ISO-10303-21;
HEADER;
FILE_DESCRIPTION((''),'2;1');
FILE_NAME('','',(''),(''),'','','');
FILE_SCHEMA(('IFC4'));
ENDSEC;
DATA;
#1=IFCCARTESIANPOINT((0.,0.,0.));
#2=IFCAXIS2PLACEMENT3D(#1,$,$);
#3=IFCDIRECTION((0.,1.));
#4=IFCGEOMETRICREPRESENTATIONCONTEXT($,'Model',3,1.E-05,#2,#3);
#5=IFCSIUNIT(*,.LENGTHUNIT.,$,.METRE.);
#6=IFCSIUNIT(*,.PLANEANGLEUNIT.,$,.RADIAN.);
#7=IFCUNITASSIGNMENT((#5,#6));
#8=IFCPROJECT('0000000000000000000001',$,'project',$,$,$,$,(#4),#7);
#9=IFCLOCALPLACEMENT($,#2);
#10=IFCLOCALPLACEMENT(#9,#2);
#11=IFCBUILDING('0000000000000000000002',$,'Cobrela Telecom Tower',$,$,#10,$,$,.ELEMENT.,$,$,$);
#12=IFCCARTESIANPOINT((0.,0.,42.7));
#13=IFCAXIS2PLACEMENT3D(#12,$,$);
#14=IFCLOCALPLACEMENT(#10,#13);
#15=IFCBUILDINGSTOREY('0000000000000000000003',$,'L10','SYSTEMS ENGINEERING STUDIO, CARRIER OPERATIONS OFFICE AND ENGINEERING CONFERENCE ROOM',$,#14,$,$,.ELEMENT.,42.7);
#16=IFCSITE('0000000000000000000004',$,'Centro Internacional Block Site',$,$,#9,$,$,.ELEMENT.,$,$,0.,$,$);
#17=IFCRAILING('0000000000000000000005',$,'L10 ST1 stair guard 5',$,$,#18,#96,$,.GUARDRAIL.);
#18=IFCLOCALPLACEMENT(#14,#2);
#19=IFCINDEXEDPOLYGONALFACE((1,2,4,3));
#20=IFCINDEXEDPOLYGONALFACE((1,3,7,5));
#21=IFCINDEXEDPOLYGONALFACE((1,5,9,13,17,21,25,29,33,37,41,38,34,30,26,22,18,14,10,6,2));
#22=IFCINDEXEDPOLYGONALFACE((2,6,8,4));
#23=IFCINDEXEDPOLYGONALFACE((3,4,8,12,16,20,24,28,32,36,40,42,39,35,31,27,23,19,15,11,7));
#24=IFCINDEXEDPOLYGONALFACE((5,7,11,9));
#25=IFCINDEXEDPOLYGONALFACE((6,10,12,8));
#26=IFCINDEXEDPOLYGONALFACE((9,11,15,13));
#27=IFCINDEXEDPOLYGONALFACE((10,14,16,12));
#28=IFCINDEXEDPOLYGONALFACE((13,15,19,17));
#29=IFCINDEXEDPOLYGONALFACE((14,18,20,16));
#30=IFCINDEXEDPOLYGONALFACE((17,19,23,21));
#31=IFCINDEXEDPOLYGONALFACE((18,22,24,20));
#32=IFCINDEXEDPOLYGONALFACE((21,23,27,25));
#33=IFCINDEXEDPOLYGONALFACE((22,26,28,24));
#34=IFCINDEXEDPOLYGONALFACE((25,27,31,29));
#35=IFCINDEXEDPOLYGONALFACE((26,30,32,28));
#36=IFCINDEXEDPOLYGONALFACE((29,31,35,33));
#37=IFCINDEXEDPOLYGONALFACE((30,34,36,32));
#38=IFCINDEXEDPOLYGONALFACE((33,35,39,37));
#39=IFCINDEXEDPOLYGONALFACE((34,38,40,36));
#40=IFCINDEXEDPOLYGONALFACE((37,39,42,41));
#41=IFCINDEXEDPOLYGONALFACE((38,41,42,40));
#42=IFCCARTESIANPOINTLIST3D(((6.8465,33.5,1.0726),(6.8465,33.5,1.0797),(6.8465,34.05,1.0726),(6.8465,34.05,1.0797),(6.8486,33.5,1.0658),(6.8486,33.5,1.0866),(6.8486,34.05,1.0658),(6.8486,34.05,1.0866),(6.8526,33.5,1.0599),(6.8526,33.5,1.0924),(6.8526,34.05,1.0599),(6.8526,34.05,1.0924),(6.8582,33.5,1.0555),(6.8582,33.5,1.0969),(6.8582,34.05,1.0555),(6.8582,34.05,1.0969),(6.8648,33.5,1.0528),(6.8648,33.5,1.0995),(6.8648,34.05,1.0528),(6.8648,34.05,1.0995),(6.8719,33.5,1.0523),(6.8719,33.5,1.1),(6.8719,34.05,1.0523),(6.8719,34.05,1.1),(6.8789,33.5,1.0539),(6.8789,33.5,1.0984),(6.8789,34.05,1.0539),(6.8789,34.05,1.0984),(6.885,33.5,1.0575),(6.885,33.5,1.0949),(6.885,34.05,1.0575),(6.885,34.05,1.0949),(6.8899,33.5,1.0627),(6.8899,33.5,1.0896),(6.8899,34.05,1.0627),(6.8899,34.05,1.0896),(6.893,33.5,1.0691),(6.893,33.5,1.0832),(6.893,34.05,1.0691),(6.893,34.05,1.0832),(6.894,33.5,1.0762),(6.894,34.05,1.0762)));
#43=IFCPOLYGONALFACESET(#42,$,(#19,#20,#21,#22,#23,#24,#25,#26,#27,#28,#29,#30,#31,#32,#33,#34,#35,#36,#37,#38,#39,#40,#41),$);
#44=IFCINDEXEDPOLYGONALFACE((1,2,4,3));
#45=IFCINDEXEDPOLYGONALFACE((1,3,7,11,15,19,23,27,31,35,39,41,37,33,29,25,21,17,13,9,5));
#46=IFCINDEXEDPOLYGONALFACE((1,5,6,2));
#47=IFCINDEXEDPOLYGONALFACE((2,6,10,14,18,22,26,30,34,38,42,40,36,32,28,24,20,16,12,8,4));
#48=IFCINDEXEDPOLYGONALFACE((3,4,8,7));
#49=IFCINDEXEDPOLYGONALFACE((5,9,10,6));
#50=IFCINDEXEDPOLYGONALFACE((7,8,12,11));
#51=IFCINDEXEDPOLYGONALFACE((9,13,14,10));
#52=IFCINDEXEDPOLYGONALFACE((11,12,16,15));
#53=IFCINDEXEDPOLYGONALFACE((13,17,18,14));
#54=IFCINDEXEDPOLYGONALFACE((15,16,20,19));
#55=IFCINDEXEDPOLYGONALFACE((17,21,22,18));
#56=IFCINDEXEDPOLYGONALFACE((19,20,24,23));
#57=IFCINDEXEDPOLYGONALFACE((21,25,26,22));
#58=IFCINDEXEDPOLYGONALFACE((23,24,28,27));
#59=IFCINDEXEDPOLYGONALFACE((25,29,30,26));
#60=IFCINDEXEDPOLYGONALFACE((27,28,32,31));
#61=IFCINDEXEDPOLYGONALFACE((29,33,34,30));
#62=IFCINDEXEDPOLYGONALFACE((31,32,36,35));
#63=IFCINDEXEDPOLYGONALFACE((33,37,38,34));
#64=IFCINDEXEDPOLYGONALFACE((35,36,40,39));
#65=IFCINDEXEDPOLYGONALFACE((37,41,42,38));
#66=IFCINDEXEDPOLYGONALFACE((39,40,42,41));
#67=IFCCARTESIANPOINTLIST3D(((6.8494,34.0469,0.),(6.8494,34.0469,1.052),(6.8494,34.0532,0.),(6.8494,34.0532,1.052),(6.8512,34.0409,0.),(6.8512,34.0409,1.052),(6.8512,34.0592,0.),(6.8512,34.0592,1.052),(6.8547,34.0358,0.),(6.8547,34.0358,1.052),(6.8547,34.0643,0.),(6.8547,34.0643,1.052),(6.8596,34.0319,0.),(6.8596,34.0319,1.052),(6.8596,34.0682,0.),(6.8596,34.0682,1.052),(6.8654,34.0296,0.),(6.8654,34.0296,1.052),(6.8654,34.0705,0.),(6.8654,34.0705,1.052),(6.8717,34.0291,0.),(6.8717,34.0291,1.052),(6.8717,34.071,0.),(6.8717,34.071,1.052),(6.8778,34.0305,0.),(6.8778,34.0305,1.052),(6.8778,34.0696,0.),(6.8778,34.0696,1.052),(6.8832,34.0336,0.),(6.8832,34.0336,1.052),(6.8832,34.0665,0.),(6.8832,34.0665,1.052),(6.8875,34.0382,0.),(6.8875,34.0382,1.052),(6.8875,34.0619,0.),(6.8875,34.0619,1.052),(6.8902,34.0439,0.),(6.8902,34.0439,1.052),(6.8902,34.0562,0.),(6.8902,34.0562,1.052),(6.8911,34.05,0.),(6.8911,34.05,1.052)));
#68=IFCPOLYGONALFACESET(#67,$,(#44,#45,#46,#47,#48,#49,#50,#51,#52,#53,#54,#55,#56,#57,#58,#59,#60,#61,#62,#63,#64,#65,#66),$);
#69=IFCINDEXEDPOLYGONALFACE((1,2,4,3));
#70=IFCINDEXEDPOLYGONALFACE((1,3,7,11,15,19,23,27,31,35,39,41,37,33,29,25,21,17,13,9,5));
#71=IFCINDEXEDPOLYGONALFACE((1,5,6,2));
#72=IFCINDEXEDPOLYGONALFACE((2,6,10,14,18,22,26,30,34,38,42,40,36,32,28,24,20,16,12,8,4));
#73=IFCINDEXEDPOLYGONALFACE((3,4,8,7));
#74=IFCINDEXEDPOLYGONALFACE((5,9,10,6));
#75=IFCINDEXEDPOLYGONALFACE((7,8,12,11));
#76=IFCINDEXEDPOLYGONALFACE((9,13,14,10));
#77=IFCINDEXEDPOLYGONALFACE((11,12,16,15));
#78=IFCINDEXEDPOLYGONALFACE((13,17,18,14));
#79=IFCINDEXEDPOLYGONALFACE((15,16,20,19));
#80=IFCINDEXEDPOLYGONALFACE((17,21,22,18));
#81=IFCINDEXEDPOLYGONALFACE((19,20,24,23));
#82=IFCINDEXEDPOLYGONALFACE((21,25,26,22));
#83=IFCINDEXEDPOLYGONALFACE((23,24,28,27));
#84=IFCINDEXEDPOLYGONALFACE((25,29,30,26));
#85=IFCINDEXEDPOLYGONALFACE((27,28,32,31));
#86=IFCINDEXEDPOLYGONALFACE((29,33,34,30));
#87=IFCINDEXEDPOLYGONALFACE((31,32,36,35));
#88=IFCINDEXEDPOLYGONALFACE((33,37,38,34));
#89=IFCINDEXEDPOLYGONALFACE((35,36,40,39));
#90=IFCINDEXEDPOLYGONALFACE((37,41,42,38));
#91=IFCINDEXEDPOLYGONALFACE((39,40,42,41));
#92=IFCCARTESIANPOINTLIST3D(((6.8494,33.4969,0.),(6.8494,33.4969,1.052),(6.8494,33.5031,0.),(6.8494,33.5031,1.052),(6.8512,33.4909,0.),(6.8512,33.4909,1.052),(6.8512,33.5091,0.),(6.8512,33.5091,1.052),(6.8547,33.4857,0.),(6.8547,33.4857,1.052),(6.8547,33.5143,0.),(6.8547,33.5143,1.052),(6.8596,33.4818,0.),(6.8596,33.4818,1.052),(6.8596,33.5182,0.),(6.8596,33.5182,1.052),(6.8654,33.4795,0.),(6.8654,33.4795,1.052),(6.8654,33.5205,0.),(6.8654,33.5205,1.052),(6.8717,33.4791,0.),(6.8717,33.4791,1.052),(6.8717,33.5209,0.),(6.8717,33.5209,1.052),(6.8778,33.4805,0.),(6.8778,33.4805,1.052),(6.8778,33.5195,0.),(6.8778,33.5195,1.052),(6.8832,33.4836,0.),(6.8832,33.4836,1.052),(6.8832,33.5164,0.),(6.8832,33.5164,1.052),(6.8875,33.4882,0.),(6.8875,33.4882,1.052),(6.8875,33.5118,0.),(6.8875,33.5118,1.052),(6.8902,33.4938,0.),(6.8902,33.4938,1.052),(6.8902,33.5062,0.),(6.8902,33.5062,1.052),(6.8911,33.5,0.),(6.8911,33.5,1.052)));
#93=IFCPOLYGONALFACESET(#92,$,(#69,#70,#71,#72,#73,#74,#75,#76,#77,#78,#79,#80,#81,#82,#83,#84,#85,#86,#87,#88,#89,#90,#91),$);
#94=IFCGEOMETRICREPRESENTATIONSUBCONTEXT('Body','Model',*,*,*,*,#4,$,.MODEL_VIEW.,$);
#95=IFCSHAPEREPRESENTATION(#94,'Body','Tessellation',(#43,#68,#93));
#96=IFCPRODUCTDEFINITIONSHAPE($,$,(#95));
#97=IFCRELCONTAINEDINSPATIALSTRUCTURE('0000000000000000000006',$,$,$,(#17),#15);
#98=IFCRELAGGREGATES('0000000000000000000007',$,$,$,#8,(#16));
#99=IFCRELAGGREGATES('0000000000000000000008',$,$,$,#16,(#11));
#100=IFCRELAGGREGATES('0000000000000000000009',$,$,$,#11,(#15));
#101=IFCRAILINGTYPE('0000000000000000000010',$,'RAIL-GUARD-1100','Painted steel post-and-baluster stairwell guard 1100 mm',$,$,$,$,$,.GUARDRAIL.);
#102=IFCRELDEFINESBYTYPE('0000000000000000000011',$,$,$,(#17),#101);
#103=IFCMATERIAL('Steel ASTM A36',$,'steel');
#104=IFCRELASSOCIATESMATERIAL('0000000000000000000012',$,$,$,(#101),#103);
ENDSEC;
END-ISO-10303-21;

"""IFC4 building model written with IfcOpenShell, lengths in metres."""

from ifc_helpers import new_model, si_unit, direction, frame, origin, origin_2d, place, context, subcontext, project, spatial, circle, extrude, material, type_object, element, save


model = new_model("IFC4")

# Units and contexts
model_context = context("Model", 3, precision=1e-05, world=origin(), true_north=direction((0.0, 1.0)))
body_context = subcontext(model_context, "Body", "Model", "MODEL_VIEW")
ifc_project = project(units=[si_unit("LENGTHUNIT", "METRE"), si_unit("PLANEANGLEUNIT", "RADIAN")], contexts=[model_context])

# Site, building, storey
site_placement = place(None, origin())
site = spatial("IfcSite", under=ifc_project, at=site_placement, Name="Centro Internacional Block Site", CompositionType="ELEMENT", RefElevation=0.0)
building_placement = place(site_placement, origin())
building = spatial("IfcBuilding", under=site, at=building_placement, Name="Cobrela Telecom Tower", CompositionType="ELEMENT")
storey_placement = place(building_placement, frame((0.0, 0.0, 42.7)))
storey = spatial("IfcBuildingStorey", under=building, at=storey_placement, Name="L10", Description="SYSTEMS ENGINEERING STUDIO, CARRIER OPERATIONS OFFICE AND ENGINEERING CONFERENCE ROOM", CompositionType="ELEMENT", Elevation=42.7)

# Shared definitions
ifc_material_1 = material(Name="Steel ASTM A36", Category="steel")

# Railing
railing_type_1 = type_object("IfcRailingType", Name="RAIL-GUARD-1100", Description="Painted steel post-and-baluster stairwell guard 1100 mm", PredefinedType="GUARDRAIL", material=ifc_material_1)
railing_1_placement = place(storey_placement, frame((6.8701, 34.05, 0.0)))
element("IfcRailing", 1, at=railing_1_placement, inside=storey, type_object=railing_type_1, Name="L10 ST1 stair guard 5", PredefinedType="GUARDRAIL", context=body_context, shape_type="SweptSolid", body=[
    extrude(circle(Radius=0.0239, at=origin_2d()), frame((0.0, 0.0, 1.0762), z_axis=(0.0, -1.0, 0.0), x_axis=(1.0, 0.0, 0.0)), (0.0, 0.0, 1.0), 0.55),
    extrude(circle(Radius=0.021, at=origin_2d()), origin(), (0.0, 0.0, 1.0), 1.052),
    extrude(circle(Radius=0.021, at=origin_2d()), frame((0.0, -0.55, 0.0)), (0.0, 0.0, 1.0), 1.052),
])

save(model, "model.ifc")
